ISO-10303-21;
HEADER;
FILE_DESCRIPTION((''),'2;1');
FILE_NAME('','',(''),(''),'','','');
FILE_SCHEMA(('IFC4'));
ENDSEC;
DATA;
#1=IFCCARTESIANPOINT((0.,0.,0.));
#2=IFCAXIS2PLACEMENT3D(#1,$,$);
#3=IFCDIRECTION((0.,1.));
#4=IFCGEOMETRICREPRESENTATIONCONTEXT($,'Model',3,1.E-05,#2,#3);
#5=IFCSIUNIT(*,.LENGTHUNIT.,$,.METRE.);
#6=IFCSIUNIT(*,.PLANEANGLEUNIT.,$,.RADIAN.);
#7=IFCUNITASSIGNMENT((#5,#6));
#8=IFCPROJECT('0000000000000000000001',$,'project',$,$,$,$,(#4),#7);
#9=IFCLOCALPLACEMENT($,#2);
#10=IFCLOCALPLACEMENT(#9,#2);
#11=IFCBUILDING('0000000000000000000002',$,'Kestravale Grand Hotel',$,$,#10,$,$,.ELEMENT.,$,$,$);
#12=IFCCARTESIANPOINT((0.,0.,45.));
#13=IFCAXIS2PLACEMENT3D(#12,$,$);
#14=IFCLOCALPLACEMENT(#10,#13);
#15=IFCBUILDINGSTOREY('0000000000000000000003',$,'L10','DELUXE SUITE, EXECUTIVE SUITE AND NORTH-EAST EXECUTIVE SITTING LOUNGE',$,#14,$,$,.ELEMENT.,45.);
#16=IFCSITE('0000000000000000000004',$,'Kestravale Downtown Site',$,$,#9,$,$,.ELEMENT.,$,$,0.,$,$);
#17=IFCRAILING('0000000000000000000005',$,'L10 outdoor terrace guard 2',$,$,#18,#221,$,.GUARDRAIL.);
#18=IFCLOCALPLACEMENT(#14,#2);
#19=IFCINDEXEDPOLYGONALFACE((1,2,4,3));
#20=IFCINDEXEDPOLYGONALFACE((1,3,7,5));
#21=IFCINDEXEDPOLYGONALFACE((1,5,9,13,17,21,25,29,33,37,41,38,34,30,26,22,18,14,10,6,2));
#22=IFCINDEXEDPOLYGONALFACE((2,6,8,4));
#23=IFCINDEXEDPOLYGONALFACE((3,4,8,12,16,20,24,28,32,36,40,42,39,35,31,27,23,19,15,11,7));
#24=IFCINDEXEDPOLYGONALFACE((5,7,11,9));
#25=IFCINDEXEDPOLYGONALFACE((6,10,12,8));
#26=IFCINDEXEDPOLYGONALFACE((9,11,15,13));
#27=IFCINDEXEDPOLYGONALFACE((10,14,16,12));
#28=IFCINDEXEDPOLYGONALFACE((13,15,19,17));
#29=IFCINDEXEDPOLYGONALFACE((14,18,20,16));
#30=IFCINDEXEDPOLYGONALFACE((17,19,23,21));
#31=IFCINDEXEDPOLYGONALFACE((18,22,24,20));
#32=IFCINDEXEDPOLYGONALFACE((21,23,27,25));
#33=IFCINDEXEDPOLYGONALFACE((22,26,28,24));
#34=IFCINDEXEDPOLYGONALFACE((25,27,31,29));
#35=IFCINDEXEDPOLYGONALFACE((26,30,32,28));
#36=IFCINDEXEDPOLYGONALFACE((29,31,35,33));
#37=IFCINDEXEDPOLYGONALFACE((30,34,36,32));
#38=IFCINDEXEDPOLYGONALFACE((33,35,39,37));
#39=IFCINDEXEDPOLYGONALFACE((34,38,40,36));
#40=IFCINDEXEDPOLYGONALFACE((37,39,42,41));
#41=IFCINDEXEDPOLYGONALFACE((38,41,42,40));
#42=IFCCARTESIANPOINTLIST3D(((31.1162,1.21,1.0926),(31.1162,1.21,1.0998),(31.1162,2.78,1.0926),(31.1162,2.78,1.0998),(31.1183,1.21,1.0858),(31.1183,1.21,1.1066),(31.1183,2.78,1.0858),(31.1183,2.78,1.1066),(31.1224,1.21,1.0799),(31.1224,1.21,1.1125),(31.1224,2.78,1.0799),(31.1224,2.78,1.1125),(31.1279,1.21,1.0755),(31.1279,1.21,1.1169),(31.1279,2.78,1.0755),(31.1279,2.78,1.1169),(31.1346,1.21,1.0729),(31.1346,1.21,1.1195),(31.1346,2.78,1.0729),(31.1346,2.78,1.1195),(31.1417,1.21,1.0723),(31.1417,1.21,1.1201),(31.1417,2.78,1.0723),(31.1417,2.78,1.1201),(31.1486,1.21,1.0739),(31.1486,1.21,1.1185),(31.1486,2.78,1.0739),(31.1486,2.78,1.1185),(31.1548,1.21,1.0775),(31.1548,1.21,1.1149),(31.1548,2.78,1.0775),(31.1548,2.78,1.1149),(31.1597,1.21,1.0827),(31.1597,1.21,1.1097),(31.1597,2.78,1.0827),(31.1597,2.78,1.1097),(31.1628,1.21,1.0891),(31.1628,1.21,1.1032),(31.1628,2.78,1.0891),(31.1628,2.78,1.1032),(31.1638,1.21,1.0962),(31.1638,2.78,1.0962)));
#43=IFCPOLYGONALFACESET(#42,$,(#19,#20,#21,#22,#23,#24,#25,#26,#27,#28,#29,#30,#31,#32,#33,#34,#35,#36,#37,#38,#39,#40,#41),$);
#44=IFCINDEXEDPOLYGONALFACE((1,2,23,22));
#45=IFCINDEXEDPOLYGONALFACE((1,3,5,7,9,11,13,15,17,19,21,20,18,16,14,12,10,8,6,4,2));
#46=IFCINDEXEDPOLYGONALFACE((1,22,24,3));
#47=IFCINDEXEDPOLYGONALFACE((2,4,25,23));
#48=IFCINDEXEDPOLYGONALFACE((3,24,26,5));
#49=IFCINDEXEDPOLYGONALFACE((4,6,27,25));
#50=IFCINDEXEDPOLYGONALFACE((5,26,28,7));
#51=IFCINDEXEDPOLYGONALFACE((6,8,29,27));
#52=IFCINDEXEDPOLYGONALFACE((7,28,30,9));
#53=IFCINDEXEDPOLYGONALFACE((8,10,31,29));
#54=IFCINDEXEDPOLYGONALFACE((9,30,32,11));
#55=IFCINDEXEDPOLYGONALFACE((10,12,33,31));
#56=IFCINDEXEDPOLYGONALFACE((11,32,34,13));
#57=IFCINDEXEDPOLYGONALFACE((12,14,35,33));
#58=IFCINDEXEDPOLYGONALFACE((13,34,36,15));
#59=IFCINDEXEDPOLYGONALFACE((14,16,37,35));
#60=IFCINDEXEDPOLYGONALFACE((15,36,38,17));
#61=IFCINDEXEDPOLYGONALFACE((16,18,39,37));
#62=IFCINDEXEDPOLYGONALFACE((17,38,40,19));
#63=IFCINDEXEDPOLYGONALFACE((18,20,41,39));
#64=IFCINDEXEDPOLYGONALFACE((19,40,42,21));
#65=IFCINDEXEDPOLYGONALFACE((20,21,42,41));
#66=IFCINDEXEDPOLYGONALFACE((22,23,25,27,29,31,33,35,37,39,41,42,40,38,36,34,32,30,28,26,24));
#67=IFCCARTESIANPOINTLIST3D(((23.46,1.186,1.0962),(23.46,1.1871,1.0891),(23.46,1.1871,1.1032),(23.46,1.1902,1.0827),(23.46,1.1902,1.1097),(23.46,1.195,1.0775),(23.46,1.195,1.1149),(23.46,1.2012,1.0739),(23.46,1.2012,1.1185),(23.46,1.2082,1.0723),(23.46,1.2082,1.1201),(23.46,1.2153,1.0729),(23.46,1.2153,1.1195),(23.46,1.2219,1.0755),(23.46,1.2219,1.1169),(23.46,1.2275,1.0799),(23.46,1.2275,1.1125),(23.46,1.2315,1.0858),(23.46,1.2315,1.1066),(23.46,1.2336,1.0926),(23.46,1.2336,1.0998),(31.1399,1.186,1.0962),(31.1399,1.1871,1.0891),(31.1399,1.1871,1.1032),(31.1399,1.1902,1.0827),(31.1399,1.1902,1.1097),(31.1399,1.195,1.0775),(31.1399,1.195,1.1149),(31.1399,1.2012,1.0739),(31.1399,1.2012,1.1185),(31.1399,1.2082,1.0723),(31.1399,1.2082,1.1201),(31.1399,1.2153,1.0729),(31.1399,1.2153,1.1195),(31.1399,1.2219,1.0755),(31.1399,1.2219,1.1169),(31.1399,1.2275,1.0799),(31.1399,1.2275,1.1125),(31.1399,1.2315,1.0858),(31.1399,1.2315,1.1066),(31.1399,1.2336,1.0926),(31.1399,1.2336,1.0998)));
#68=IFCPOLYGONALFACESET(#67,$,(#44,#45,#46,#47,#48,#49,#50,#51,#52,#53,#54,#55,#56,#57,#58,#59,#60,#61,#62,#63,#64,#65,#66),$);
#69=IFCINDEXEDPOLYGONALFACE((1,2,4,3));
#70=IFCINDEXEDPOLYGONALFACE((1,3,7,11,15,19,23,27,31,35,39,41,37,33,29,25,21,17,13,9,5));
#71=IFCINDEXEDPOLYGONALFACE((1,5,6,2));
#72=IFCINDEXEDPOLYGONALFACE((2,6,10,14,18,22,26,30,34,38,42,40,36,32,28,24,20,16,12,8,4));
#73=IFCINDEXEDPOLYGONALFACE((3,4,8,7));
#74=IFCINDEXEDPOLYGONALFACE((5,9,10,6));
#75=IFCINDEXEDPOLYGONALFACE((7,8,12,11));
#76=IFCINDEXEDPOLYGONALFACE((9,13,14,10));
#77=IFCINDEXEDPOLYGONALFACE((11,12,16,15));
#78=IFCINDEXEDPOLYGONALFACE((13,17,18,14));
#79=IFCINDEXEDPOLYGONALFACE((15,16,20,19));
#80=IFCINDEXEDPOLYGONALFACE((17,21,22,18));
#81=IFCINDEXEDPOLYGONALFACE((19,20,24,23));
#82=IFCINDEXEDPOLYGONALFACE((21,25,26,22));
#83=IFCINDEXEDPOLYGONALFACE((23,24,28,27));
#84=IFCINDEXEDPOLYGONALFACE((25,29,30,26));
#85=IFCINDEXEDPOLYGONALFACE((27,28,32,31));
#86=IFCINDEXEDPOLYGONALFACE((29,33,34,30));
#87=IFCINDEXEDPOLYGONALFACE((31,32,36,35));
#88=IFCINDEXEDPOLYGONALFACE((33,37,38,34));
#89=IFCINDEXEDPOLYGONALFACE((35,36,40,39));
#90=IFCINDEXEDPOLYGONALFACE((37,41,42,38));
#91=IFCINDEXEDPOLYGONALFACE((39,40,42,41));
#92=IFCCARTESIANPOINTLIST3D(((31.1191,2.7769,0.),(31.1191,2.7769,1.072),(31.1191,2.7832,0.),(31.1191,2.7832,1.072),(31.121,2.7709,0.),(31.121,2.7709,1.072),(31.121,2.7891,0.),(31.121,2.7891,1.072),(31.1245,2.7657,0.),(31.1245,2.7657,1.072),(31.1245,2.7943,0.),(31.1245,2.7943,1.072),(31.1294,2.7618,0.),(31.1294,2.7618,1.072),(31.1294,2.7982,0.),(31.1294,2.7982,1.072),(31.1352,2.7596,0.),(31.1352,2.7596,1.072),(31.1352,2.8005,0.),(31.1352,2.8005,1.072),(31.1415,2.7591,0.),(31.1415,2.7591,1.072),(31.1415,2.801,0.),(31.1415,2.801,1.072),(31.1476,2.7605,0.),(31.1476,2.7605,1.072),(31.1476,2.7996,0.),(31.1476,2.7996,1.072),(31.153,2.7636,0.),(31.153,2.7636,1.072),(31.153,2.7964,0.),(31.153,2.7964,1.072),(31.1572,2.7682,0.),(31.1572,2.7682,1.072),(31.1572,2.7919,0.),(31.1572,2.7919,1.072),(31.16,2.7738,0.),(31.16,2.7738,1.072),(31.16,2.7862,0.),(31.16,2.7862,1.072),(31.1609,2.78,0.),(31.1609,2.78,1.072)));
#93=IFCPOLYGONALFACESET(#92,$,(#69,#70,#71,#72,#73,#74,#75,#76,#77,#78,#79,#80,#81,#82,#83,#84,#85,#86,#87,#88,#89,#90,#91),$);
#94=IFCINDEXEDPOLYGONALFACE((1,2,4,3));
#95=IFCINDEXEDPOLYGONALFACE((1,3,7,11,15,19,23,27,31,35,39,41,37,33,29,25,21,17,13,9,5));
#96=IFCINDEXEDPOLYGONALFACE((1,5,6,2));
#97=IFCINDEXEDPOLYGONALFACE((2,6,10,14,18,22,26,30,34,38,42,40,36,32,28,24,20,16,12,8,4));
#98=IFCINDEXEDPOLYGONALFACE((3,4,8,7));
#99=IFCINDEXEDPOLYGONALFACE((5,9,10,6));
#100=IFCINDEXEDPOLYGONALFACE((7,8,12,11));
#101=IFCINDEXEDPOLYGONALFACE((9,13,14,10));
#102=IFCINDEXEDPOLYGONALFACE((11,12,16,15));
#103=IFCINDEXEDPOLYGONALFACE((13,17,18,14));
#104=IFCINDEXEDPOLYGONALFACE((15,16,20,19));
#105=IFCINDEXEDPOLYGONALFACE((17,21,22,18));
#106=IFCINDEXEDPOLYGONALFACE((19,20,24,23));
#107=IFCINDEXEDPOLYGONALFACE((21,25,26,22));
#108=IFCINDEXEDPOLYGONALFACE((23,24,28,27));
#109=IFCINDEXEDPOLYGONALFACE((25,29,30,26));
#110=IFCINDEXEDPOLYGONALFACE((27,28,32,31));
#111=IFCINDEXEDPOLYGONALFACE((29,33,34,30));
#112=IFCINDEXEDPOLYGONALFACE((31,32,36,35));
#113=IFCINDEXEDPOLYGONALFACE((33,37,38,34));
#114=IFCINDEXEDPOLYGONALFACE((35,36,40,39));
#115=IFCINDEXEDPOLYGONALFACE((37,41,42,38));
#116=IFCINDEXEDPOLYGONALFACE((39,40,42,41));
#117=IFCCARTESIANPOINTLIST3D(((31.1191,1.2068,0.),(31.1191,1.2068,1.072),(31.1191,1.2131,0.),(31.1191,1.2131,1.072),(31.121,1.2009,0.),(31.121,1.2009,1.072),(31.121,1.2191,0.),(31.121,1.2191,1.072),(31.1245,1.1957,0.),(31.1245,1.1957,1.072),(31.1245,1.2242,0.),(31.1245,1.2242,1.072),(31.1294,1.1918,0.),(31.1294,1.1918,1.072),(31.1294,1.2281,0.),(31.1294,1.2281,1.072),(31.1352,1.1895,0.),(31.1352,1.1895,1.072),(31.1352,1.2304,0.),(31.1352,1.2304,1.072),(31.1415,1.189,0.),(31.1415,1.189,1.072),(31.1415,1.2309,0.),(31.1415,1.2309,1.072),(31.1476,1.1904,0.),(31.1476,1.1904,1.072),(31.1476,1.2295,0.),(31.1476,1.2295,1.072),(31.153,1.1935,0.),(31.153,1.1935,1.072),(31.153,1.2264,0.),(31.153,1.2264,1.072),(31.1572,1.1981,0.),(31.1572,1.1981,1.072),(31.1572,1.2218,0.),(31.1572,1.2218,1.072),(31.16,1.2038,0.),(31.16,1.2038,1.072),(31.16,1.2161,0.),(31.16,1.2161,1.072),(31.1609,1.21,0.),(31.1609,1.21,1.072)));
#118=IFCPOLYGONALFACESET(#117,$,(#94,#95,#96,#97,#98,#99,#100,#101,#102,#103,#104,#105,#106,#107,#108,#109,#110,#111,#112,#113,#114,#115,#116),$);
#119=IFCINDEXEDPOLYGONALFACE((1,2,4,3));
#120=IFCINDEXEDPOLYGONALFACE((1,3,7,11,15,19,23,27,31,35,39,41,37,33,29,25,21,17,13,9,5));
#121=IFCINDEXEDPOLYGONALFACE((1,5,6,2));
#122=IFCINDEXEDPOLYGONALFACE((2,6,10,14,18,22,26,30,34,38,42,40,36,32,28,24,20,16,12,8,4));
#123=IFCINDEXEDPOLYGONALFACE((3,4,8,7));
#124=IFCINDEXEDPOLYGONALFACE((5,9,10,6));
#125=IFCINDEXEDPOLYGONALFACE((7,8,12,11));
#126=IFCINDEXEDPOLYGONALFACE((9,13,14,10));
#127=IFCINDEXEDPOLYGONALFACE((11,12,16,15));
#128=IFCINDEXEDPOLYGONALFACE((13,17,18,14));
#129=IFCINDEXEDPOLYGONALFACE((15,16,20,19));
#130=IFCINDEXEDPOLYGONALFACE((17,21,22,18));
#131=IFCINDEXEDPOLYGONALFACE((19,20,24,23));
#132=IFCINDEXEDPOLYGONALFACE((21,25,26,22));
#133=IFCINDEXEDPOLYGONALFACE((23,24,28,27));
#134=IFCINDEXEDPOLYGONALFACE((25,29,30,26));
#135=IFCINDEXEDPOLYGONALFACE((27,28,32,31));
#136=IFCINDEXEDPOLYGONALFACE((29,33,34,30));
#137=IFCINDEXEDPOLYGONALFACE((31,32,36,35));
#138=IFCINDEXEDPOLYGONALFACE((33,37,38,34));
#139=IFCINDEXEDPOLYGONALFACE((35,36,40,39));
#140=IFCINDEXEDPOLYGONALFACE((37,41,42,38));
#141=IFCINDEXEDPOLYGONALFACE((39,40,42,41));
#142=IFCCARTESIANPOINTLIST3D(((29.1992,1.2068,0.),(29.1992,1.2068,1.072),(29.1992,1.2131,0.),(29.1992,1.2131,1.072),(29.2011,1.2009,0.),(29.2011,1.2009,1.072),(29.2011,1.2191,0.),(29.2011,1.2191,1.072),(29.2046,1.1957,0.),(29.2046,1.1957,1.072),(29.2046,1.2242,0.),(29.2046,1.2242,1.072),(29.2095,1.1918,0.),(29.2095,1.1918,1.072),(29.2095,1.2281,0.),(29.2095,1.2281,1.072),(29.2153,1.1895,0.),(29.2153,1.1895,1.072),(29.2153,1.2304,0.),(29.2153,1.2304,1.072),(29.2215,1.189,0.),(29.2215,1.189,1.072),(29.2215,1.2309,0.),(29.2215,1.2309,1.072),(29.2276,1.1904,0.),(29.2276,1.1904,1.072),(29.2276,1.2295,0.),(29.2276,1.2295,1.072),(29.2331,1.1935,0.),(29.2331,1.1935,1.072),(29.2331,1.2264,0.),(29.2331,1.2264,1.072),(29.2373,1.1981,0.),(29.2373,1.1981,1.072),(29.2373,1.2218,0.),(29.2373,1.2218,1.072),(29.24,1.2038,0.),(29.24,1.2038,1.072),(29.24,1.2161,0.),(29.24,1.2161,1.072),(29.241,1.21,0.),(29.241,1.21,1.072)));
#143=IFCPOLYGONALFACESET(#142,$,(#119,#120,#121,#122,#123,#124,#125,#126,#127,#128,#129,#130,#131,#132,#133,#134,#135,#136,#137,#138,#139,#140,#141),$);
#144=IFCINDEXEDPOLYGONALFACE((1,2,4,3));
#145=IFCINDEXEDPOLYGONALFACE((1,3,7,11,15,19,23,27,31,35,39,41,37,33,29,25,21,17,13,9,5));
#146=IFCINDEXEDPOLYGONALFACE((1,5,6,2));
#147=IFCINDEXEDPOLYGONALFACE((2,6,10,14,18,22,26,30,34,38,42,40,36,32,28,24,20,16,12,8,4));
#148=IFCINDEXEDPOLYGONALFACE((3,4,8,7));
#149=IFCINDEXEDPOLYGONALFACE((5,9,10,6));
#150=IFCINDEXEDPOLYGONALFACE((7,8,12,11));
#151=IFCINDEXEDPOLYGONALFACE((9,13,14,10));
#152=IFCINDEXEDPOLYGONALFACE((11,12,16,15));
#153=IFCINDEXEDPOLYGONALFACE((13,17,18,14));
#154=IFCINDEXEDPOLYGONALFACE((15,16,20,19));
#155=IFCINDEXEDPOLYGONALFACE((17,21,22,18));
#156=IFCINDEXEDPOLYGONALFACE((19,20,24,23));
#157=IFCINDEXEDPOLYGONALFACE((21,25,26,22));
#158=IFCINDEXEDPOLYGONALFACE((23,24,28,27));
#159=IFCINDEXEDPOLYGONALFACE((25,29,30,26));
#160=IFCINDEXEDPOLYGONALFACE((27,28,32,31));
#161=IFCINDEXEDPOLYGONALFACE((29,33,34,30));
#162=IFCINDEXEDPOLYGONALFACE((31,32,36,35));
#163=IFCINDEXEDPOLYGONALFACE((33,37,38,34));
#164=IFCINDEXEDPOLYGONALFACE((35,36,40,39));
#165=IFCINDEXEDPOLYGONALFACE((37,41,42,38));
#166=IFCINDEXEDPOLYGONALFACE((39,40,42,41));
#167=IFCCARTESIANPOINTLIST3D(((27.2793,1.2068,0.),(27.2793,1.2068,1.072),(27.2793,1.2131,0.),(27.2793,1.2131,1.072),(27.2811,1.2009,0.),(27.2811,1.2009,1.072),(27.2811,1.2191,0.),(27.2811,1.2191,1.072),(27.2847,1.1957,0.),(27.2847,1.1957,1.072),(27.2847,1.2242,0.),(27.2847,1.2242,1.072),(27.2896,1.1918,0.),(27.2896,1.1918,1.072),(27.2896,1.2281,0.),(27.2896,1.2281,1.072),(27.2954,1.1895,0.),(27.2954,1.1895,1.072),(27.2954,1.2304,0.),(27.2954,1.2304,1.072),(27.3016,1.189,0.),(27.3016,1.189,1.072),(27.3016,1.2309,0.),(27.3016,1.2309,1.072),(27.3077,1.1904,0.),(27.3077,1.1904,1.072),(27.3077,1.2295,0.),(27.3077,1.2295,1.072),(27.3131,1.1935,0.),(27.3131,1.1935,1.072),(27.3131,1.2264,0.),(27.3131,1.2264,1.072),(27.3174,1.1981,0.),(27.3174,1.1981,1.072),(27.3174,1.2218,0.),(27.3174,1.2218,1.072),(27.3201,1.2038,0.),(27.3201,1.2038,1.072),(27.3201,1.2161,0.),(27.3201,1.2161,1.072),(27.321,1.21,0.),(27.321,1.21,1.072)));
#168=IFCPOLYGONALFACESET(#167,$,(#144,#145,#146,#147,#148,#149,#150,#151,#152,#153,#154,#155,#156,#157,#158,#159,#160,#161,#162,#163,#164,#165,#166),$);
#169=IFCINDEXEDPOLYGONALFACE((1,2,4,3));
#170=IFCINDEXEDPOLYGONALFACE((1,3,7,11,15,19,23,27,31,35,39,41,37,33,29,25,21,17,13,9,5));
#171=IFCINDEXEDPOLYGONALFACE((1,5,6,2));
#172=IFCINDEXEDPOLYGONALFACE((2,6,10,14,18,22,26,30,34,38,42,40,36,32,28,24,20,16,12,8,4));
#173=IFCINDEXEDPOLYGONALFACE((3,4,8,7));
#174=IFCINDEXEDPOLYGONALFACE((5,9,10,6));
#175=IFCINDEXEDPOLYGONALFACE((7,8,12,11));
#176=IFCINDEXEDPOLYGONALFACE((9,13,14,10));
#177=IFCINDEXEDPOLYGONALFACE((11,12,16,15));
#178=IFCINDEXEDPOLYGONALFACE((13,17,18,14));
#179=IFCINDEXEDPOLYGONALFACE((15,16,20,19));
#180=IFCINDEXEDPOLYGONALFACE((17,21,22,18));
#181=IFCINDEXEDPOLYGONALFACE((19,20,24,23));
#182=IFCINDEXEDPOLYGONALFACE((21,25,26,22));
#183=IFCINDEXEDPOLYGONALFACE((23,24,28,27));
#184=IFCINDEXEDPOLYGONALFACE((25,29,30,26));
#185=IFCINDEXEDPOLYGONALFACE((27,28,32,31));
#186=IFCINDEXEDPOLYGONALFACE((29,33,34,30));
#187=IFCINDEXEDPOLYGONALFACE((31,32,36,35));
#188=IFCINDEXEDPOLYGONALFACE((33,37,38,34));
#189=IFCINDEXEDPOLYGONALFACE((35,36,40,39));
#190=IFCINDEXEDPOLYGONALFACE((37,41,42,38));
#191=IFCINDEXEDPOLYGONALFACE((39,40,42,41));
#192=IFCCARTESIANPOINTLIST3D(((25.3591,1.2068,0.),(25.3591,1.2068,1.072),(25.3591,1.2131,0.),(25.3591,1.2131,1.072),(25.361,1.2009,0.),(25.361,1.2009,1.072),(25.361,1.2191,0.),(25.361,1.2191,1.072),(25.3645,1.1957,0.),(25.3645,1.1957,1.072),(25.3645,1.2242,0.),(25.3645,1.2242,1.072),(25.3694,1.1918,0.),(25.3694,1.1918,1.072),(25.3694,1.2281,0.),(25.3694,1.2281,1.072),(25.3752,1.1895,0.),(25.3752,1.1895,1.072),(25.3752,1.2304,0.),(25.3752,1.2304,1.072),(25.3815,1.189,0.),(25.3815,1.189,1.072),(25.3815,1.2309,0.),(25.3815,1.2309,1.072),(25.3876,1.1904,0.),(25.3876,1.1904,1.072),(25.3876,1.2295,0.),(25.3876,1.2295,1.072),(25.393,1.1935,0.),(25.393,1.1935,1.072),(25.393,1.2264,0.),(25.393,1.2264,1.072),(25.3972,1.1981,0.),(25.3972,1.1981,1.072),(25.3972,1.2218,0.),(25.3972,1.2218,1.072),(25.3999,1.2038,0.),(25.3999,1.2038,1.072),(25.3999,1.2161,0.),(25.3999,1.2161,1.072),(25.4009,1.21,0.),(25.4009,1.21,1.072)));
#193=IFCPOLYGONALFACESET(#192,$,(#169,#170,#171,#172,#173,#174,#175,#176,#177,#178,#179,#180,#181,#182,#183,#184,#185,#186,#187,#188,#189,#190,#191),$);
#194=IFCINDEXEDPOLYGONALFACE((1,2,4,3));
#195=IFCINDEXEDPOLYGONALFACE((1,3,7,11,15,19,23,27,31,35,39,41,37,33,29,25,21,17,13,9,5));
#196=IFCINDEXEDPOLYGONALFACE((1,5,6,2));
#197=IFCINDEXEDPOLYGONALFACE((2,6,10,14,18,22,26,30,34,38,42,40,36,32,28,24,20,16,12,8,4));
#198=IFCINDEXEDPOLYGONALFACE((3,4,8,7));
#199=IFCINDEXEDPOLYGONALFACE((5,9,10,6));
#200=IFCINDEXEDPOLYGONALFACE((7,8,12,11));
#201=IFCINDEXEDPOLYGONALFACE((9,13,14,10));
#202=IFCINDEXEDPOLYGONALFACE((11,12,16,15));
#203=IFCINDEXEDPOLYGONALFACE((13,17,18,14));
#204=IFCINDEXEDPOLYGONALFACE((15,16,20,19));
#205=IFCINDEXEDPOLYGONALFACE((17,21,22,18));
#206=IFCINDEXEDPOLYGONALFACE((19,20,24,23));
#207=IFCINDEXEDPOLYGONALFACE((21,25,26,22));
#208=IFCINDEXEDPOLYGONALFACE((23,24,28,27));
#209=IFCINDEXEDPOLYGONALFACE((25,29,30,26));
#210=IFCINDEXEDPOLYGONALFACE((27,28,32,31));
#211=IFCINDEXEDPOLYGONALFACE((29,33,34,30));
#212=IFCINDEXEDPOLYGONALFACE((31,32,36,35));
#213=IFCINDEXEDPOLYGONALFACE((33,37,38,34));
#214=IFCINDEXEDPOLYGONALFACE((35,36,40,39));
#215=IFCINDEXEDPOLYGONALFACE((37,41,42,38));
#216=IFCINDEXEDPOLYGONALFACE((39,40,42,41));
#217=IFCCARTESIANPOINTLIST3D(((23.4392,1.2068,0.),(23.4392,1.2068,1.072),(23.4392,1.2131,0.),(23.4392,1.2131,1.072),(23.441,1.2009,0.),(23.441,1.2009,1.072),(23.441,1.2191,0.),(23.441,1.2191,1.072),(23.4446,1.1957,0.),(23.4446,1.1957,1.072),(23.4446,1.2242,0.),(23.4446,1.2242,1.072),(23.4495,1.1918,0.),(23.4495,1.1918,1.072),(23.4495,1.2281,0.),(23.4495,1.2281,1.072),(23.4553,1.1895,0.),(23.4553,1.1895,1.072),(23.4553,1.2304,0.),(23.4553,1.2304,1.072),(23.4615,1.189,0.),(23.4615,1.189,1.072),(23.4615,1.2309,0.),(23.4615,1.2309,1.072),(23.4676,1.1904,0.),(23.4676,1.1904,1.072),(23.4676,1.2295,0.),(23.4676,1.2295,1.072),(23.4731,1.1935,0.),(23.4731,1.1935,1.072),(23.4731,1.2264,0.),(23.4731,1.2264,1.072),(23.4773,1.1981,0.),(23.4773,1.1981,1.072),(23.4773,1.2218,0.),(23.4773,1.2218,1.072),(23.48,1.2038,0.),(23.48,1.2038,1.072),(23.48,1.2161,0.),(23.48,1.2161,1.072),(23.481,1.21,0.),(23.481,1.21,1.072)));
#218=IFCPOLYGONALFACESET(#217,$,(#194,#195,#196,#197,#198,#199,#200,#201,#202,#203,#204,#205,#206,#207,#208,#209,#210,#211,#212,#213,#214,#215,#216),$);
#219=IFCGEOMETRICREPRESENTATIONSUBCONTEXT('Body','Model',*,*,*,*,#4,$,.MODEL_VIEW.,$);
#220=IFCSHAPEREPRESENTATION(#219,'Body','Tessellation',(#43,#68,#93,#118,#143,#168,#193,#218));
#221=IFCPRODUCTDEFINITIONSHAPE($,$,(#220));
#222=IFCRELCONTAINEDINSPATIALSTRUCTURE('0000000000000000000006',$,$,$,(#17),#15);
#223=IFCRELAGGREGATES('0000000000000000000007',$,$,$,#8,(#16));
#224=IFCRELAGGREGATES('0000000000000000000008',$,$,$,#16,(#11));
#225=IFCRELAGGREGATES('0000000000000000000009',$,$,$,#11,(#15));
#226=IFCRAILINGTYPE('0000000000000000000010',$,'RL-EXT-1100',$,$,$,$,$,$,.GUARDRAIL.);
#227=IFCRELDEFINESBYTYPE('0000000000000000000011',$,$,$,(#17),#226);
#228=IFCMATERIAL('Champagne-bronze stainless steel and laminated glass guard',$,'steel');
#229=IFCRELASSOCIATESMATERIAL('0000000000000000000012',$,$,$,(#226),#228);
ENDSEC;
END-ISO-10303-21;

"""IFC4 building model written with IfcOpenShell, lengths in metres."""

from ifc_helpers import new_model, si_unit, direction, frame, origin, origin_2d, place, context, subcontext, project, spatial, circle, extrude, material, type_object, element, save


model = new_model("IFC4")

# Units and contexts
model_context = context("Model", 3, precision=1e-05, world=origin(), true_north=direction((0.0, 1.0)))
body_context = subcontext(model_context, "Body", "Model", "MODEL_VIEW")
ifc_project = project(units=[si_unit("LENGTHUNIT", "METRE"), si_unit("PLANEANGLEUNIT", "RADIAN")], contexts=[model_context])

# Site, building, storey
site_placement = place(None, origin())
site = spatial("IfcSite", under=ifc_project, at=site_placement, Name="Kestravale Downtown Site", CompositionType="ELEMENT", RefElevation=0.0)
building_placement = place(site_placement, origin())
building = spatial("IfcBuilding", under=site, at=building_placement, Name="Kestravale Grand Hotel", CompositionType="ELEMENT")
storey_placement = place(building_placement, frame((0.0, 0.0, 45.0)))
storey = spatial("IfcBuildingStorey", under=building, at=storey_placement, Name="L10", Description="DELUXE SUITE, EXECUTIVE SUITE AND NORTH-EAST EXECUTIVE SITTING LOUNGE", CompositionType="ELEMENT", Elevation=45.0)

# Railing
ifc_material_1 = material(Name="Champagne-bronze stainless steel and laminated glass guard", Category="steel")
railing_type = type_object("IfcRailingType", Name="RL-EXT-1100", PredefinedType="GUARDRAIL", material=ifc_material_1)
railing_1_placement = place(storey_placement, frame((31.1399, 2.78, 0.0)))
element("IfcRailing", 1, at=railing_1_placement, inside=storey, type_object=railing_type, Name="L10 outdoor terrace guard 2", PredefinedType="GUARDRAIL", context=body_context, shape_type="SweptSolid", body=[
    extrude(circle(Radius=0.0239, at=origin_2d()), frame((0.0, 0.0, 1.0962), z_axis=(0.0, -1.0, 0.0), x_axis=(1.0, 0.0, 0.0)), (0.0, 0.0, 1.0), 1.5701),
    extrude(circle(Radius=0.0239, at=origin_2d()), frame((0.0, -1.5701, 1.0962), z_axis=(-1.0, 0.0, 0.0), x_axis=(0.0, -1.0, 0.0)), (0.0, 0.0, 1.0), 7.6799),
    extrude(circle(Radius=0.021, at=origin_2d()), origin(), (0.0, 0.0, 1.0), 1.072),
    extrude(circle(Radius=0.021, at=origin_2d()), frame((0.0, -1.5701, 0.0)), (0.0, 0.0, 1.0), 1.072),
    extrude(circle(Radius=0.021, at=origin_2d()), frame((-1.9199, -1.5701, 0.0)), (0.0, 0.0, 1.0), 1.072),
    extrude(circle(Radius=0.021, at=origin_2d()), frame((-3.8398, -1.5701, 0.0)), (0.0, 0.0, 1.0), 1.072),
    extrude(circle(Radius=0.021, at=origin_2d()), frame((-5.76, -1.5701, 0.0)), (0.0, 0.0, 1.0), 1.072),
    extrude(circle(Radius=0.021, at=origin_2d()), frame((-7.6799, -1.5701, 0.0)), (0.0, 0.0, 1.0), 1.072),
])

save(model, "model.ifc")
